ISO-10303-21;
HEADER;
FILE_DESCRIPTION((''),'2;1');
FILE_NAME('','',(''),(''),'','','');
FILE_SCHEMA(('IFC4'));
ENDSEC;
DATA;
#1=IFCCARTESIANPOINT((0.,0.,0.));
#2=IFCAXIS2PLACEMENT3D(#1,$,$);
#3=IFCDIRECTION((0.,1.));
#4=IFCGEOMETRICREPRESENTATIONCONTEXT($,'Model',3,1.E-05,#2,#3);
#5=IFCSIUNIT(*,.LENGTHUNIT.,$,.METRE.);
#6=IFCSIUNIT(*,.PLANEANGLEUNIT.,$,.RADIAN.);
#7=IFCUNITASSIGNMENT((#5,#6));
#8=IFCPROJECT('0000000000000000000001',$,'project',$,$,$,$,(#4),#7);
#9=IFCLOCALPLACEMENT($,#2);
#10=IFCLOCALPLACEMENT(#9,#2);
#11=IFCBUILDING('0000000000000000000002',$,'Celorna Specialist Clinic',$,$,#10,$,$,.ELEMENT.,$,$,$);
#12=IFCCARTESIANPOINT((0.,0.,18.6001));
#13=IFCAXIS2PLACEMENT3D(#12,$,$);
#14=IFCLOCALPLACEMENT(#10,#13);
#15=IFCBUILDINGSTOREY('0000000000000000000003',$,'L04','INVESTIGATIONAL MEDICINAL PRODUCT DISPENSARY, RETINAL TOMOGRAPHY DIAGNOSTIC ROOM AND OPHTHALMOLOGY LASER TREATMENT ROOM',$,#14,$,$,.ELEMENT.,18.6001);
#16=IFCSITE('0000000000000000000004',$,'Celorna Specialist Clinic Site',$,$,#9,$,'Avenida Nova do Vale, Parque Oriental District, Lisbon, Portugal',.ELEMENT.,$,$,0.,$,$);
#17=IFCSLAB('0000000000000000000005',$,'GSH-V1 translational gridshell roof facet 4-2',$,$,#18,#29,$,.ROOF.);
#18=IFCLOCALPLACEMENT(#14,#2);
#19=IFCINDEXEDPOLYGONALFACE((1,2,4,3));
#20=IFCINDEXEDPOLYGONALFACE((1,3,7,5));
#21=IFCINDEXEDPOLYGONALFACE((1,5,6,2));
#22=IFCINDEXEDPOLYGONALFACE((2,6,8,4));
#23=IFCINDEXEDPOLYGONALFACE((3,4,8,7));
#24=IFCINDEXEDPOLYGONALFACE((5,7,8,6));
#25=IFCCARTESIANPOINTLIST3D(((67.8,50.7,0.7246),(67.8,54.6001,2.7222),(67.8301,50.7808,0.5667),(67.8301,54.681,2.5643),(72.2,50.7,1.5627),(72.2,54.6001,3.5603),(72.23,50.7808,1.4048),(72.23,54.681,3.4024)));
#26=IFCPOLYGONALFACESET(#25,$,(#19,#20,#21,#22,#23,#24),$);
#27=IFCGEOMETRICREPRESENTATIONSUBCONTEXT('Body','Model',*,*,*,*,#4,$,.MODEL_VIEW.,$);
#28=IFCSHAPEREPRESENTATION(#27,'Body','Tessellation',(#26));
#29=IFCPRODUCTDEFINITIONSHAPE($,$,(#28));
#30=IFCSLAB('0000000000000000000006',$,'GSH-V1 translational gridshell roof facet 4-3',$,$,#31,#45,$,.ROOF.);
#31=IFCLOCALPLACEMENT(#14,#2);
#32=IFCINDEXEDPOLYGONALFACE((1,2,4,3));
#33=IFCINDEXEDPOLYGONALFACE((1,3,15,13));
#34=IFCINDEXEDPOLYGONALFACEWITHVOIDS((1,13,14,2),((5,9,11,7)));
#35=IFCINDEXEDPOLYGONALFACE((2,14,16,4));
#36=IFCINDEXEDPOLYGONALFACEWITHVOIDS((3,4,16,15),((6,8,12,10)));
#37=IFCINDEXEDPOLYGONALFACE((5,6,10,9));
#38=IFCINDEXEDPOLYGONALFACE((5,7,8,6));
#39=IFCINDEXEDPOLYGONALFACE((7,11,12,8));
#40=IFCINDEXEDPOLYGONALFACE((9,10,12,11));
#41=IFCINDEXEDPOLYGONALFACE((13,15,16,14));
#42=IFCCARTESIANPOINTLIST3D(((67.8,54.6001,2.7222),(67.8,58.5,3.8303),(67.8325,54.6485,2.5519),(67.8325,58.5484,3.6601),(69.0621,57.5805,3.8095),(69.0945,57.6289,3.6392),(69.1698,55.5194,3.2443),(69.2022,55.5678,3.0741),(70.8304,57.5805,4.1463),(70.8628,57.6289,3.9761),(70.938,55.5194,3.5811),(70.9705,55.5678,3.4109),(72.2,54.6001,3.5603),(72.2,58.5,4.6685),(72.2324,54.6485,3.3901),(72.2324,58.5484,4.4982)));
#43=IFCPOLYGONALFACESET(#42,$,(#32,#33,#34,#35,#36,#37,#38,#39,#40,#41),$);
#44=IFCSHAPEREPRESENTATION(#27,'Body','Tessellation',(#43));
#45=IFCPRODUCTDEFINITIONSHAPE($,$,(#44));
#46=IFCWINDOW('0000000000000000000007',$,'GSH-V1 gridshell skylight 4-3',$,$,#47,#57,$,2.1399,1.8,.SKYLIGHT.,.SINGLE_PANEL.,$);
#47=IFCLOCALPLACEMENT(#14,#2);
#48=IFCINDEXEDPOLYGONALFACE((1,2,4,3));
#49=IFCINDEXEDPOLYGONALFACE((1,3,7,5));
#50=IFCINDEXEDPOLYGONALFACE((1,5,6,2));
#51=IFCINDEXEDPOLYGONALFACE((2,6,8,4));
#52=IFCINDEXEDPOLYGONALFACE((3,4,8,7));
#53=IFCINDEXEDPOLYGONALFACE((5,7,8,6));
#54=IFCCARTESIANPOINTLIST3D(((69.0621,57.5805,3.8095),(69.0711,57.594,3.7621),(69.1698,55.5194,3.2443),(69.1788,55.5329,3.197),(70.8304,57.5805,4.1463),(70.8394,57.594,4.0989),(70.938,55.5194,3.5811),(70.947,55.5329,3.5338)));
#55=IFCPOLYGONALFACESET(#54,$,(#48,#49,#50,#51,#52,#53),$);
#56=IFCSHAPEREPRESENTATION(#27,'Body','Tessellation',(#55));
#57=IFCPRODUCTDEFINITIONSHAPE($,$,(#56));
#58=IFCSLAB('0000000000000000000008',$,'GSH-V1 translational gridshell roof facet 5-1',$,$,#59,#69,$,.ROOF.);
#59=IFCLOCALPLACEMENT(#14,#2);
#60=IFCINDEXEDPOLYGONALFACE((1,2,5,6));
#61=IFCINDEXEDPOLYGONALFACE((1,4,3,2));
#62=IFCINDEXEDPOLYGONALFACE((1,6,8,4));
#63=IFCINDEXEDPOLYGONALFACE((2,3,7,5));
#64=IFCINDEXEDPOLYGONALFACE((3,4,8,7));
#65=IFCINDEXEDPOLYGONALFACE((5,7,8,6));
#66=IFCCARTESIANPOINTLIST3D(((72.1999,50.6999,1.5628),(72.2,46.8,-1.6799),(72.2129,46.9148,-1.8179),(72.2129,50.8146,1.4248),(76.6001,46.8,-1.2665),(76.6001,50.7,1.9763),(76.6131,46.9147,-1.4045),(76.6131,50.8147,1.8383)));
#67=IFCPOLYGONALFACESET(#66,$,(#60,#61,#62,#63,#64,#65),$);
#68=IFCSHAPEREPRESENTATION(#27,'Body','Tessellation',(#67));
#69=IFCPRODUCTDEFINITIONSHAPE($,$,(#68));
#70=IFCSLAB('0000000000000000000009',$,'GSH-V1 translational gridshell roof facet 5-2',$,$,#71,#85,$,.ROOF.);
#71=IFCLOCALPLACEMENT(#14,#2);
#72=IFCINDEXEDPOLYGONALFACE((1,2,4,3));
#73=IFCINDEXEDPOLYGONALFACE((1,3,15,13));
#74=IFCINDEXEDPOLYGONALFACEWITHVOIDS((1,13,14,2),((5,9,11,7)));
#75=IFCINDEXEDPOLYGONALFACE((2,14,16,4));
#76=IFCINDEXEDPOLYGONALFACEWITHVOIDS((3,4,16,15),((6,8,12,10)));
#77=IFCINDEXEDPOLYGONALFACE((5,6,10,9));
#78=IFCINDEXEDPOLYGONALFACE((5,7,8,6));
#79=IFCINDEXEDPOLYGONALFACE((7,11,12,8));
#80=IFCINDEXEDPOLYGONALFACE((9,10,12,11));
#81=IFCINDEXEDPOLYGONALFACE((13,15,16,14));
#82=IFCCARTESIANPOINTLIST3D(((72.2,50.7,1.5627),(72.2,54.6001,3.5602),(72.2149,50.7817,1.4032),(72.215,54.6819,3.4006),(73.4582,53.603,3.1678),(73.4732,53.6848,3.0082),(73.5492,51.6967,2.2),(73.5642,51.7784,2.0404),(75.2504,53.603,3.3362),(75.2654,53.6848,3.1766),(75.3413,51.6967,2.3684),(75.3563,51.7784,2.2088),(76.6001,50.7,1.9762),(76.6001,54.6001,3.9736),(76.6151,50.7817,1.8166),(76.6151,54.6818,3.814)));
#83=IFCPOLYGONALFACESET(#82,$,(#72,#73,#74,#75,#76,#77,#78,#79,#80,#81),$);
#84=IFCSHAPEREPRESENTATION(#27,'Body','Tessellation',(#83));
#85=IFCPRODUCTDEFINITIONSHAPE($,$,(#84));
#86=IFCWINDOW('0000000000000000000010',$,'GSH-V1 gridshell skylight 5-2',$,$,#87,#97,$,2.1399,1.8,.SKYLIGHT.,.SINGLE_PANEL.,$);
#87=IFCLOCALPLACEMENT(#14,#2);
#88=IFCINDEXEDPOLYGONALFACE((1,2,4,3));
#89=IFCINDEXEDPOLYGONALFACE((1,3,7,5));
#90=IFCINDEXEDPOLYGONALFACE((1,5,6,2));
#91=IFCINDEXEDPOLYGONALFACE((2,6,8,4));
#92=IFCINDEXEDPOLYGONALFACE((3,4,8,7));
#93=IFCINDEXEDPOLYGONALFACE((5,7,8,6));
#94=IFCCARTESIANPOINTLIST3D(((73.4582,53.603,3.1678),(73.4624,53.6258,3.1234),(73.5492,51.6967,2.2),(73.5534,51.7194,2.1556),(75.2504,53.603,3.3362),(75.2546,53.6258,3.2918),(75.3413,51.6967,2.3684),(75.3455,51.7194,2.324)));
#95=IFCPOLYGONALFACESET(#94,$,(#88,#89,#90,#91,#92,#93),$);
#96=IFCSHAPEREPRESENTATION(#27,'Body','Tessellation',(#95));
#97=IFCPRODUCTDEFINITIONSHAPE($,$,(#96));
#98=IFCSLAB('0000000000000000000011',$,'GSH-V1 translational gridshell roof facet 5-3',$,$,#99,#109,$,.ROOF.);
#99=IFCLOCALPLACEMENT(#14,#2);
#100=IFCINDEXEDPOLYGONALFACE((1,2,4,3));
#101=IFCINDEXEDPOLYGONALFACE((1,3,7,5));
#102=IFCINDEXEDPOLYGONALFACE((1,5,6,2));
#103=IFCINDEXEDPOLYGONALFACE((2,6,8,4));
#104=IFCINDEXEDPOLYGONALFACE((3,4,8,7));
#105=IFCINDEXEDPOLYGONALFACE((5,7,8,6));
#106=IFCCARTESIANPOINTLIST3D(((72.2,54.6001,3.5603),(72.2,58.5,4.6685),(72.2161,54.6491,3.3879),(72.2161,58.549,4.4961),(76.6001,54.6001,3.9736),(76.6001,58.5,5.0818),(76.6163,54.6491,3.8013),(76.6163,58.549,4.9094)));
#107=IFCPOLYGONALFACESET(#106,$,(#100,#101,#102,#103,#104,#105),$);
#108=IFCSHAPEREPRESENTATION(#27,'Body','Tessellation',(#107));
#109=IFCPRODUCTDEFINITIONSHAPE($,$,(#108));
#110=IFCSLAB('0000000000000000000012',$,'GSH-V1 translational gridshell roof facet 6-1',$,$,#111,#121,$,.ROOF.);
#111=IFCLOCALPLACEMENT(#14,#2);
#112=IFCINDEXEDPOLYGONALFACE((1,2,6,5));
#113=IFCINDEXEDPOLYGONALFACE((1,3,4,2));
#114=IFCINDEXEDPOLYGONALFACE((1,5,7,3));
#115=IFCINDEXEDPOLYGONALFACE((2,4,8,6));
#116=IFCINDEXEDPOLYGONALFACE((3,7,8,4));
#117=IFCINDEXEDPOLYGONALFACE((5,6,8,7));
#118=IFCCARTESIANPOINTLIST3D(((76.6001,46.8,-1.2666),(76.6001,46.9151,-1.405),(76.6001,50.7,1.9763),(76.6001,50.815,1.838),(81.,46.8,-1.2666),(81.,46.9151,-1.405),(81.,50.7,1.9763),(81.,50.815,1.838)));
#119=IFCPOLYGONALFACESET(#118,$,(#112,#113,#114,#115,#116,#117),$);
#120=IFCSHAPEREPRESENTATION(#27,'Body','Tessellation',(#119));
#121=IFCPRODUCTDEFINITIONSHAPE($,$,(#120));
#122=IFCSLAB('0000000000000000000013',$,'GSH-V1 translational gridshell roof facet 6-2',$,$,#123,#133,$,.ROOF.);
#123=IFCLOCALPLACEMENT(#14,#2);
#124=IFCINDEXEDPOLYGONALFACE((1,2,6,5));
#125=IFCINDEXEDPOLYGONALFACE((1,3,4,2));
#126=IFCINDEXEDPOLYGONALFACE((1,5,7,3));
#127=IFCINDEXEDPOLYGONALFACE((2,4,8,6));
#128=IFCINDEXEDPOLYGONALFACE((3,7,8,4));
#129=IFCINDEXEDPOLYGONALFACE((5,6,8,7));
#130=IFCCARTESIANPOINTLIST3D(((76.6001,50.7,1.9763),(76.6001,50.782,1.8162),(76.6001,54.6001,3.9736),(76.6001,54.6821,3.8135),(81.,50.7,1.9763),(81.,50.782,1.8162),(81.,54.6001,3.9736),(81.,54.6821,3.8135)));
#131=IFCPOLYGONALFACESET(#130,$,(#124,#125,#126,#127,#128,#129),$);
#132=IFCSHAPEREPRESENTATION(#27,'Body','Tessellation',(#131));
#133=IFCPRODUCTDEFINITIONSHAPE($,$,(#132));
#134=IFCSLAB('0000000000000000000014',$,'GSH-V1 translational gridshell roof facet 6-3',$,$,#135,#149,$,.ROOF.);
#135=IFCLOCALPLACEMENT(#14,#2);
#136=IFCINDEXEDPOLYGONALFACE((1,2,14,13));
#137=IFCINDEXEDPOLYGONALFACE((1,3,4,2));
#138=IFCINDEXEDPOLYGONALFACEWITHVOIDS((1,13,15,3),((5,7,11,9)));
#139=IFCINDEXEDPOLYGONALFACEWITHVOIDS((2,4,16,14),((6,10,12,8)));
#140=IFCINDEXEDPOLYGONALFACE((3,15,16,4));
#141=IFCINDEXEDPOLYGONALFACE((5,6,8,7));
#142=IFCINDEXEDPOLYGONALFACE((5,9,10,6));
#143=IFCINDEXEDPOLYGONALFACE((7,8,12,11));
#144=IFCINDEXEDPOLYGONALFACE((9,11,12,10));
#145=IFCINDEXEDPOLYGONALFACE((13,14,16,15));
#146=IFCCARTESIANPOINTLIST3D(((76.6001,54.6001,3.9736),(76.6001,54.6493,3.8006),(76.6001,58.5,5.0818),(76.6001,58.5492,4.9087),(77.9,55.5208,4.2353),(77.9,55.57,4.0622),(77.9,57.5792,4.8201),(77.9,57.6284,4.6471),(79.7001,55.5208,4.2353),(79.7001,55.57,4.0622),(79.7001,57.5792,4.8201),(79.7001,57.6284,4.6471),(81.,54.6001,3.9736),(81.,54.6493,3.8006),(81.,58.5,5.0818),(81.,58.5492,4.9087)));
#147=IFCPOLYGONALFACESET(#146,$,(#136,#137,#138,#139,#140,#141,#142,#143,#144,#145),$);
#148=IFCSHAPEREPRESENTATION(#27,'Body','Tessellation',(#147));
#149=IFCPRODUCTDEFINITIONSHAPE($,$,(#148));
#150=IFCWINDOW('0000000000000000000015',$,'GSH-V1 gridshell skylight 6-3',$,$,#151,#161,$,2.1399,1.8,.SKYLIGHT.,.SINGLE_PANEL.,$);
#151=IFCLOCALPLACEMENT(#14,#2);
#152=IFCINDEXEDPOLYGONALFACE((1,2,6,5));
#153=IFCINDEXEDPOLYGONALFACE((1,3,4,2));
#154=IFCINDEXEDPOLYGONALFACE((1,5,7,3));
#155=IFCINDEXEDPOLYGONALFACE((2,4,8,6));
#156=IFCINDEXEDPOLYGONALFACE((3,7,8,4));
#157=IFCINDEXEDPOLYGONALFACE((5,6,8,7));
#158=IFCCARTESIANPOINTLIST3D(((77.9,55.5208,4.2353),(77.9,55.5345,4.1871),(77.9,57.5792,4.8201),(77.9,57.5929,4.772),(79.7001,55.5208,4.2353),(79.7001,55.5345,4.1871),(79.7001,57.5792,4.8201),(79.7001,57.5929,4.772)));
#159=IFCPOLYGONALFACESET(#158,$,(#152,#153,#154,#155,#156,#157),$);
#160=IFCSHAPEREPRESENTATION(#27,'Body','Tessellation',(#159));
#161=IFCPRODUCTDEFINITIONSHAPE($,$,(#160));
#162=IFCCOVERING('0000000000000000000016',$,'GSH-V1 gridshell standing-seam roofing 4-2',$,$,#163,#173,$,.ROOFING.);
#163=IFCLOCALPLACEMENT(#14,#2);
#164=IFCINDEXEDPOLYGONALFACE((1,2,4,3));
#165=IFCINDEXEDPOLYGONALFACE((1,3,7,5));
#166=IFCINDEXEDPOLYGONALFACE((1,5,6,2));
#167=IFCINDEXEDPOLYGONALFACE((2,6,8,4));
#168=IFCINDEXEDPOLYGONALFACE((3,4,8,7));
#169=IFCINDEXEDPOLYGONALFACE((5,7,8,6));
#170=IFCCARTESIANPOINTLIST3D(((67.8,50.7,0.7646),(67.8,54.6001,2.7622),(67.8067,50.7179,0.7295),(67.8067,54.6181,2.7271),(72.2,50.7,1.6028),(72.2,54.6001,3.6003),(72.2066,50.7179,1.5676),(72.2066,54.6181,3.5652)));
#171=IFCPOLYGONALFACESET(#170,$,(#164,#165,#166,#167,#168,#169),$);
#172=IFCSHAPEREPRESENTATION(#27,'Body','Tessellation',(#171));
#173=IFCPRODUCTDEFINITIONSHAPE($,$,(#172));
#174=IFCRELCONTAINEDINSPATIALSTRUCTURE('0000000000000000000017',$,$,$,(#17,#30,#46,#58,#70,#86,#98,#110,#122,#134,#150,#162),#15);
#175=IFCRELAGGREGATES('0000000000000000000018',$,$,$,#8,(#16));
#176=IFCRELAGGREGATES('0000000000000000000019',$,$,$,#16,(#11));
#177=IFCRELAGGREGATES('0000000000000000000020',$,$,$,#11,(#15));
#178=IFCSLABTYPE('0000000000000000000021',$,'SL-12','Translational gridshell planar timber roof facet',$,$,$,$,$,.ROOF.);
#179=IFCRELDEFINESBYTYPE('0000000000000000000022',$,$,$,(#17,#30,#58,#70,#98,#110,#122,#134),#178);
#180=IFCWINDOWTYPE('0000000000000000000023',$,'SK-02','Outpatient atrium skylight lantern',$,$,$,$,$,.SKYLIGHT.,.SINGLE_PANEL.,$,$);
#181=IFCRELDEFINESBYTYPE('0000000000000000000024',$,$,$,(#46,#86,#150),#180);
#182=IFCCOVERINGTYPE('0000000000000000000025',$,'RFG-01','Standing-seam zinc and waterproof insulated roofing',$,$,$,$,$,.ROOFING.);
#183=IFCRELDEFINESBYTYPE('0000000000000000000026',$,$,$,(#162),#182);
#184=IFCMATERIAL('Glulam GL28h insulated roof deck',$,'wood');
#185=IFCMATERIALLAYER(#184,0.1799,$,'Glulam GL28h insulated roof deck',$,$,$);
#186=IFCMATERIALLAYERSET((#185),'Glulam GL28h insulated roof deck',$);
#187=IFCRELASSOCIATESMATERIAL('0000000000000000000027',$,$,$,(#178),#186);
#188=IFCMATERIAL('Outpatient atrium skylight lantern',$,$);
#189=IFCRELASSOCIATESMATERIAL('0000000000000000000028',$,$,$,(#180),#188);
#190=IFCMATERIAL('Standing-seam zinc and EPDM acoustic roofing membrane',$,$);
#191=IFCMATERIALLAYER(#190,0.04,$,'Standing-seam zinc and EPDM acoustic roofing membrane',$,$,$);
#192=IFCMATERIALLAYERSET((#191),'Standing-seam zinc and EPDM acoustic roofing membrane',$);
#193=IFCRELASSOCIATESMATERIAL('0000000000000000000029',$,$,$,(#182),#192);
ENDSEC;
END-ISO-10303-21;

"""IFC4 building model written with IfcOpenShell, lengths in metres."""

from ifc_helpers import new_model, si_unit, direction, frame, origin, origin_2d, place, context, subcontext, project, spatial, polyline, rectangle, outline, extrude, material, layer, layer_set, type_object, element, fill, save


model = new_model("IFC4")

# Units and contexts
model_context = context("Model", 3, precision=1e-05, world=origin(), true_north=direction((0.0, 1.0)))
body_context = subcontext(model_context, "Body", "Model", "MODEL_VIEW")
ifc_project = project(units=[si_unit("LENGTHUNIT", "METRE"), si_unit("PLANEANGLEUNIT", "RADIAN")], contexts=[model_context])

# Site, building, storey
site_placement = place(None, origin())
site = spatial("IfcSite", under=ifc_project, at=site_placement, Name="Celorna Specialist Clinic Site", LongName="Avenida Nova do Vale, Parque Oriental District, Lisbon, Portugal", CompositionType="ELEMENT", RefElevation=0.0)
building_placement = place(site_placement, origin())
building = spatial("IfcBuilding", under=site, at=building_placement, Name="Celorna Specialist Clinic", CompositionType="ELEMENT")
storey_placement = place(building_placement, frame((0.0, 0.0, 18.6001)))
storey = spatial("IfcBuildingStorey", under=building, at=storey_placement, Name="L04", Description="INVESTIGATIONAL MEDICINAL PRODUCT DISPENSARY, RETINAL TOMOGRAPHY DIAGNOSTIC ROOM AND OPHTHALMOLOGY LASER TREATMENT ROOM", CompositionType="ELEMENT", Elevation=18.6001)

# Slab
ifc_material_1 = material(Name="Glulam GL28h insulated roof deck", Category="wood")
ifc_layer_1 = layer(ifc_material_1, 0.1799, Name="Glulam GL28h insulated roof deck")
ifc_layer_set_1 = layer_set([ifc_layer_1], Name="Glulam GL28h insulated roof deck")
slab_type = type_object("IfcSlabType", Name="SL-12", Description="Translational gridshell planar timber roof facet", PredefinedType="ROOF", material=ifc_layer_set_1)
slab_1_placement = place(storey_placement, frame((67.8, 50.7, 0.7246), z_axis=(-0.16716, -0.449448, 0.877527), x_axis=(0.982336, 0.0, 0.187125)))
element("IfcSlab", 1, at=slab_1_placement, inside=storey, type_object=slab_type, Name="GSH-V1 translational gridshell roof facet 4-2", PredefinedType="ROOF", context=body_context, shape_type="SweptSolid", body=[
    extrude(outline(polyline([(0.0, 0.0), (4.479, 0.0), (4.8528, 4.366), (0.3738, 4.366), (0.0, 0.0)])), origin(), (0.0, 0.0, -1.0), 0.1799),
])

# Slab, opening, window
slab_2_placement = place(storey_placement, frame((67.8, 54.6001, 2.7222), z_axis=(-0.180235, -0.268853, 0.946168), x_axis=(0.982336, 0.0, 0.187125)))
slab_2 = element("IfcSlab", 2, at=slab_2_placement, inside=storey, type_object=slab_type, Name="GSH-V1 translational gridshell roof facet 4-3", PredefinedType="ROOF", context=body_context, shape_type="SweptSolid", body=[
    extrude(outline(polyline([(0.0, 0.0), (4.479, 0.0), (4.6864, 4.049), (0.2074, 4.049), (0.0, 0.0)])), origin(), (0.0, 0.0, -1.0), 0.1799),
])
opening_1_placement = place(slab_2_placement, frame((2.3433, 2.0244, 0.01)))
opening_1 = element("IfcOpeningElement", 3, at=opening_1_placement, cuts=slab_2, PredefinedType="OPENING", context=body_context, shape_type="SweptSolid", body=[
    extrude(rectangle(XDim=1.8, YDim=2.1399, at=origin_2d()), origin(), (0.0, 0.0, -1.0), 0.2),
])
ifc_material_2 = material(Name="Outpatient atrium skylight lantern")
window_type = type_object("IfcWindowType", Name="SK-02", Description="Outpatient atrium skylight lantern", PartitioningType="SINGLE_PANEL", PredefinedType="SKYLIGHT", material=ifc_material_2)
window_1_placement = place(opening_1_placement, frame((0.0, 0.0, -0.01)))
window_1 = element("IfcWindow", 4, at=window_1_placement, inside=storey, type_object=window_type, Name="GSH-V1 gridshell skylight 4-3", OverallHeight=2.1399, OverallWidth=1.8, PartitioningType="SINGLE_PANEL", PredefinedType="SKYLIGHT", context=body_context, shape_type="SweptSolid", body=[
    extrude(rectangle(XDim=1.8, YDim=2.1399, at=origin_2d()), origin(), (0.0, 0.0, -1.0), 0.05),
])
fill(opening_1, window_1)

# Slab
slab_3_placement = place(storey_placement, frame((72.2, 46.8, -1.6799), z_axis=(-0.072062, -0.637693, 0.766912), x_axis=(0.995616, -0.000014, 0.09354)))
element("IfcSlab", 5, at=slab_3_placement, inside=storey, type_object=slab_type, Name="GSH-V1 translational gridshell roof facet 5-1", PredefinedType="ROOF", context=body_context, shape_type="SweptSolid", body=[
    extrude(outline(polyline([(0.0, 0.0), (4.4195, 0.0), (4.7228, 5.063), (0.3033, 5.0628), (0.0, 0.0)])), origin(), (0.0, 0.0, -1.0), 0.1799),
])

# Slab, opening, window
slab_4_placement = place(storey_placement, frame((72.2, 50.7, 1.5627), z_axis=(-0.083342, -0.454254, 0.886965), x_axis=(0.995614, 0.000011, 0.093557)))
slab_4 = element("IfcSlab", 6, at=slab_4_placement, inside=storey, type_object=slab_type, Name="GSH-V1 translational gridshell roof facet 5-2", PredefinedType="ROOF", context=body_context, shape_type="SweptSolid", body=[
    extrude(outline(polyline([(0.0, 0.0), (4.4195, 0.0), (4.6064, 4.3778), (0.1869, 4.3779), (0.0, 0.0)])), origin(), (0.0, 0.0, -1.0), 0.1799),
])
opening_2_placement = place(slab_4_placement, frame((2.303, 2.1887, 0.01)))
opening_2 = element("IfcOpeningElement", 7, at=opening_2_placement, cuts=slab_4, PredefinedType="OPENING", context=body_context, shape_type="SweptSolid", body=[
    extrude(rectangle(XDim=1.8, YDim=2.1399, at=origin_2d()), origin(), (0.0, 0.0, -1.0), 0.2),
])
window_2_placement = place(opening_2_placement, frame((0.0, 0.0, -0.01)))
window_2 = element("IfcWindow", 8, at=window_2_placement, inside=storey, type_object=window_type, Name="GSH-V1 gridshell skylight 5-2", OverallHeight=2.1399, OverallWidth=1.8, PartitioningType="SINGLE_PANEL", PredefinedType="SKYLIGHT", context=body_context, shape_type="SweptSolid", body=[
    extrude(rectangle(XDim=1.8, YDim=2.1399, at=origin_2d()), origin(), (0.0, 0.0, -1.0), 0.05),
])
fill(opening_2, window_2)

# Slabs
slab_5_placement = place(storey_placement, frame((72.2, 54.6001, 3.5603), z_axis=(-0.089992, -0.27222, 0.958018), x_axis=(0.995617, 0.0, 0.093524)))
element("IfcSlab", 9, at=slab_5_placement, inside=storey, type_object=slab_type, Name="GSH-V1 translational gridshell roof facet 5-3", PredefinedType="ROOF", context=body_context, shape_type="SweptSolid", body=[
    extrude(outline(polyline([(0.0, 0.0), (4.4195, 0.0), (4.5232, 4.053), (0.1036, 4.053), (0.0, 0.0)])), origin(), (0.0, 0.0, -1.0), 0.1799),
])
slab_6_placement = place(storey_placement, frame((76.6001, 46.8, -1.2666), z_axis=(0.0, -0.63937, 0.768899), x_axis=(1.0, 0.0, 0.0)))
element("IfcSlab", 10, at=slab_6_placement, inside=storey, type_object=slab_type, Name="GSH-V1 translational gridshell roof facet 6-1", PredefinedType="ROOF", context=body_context, shape_type="SweptSolid", body=[
    extrude(outline(polyline([(0.0, 0.0), (4.3999, 0.0), (4.3999, 5.0721), (0.0, 5.0721), (0.0, 0.0)])), origin(), (0.0, 0.0, -1.0), 0.1799),
])
slab_7_placement = place(storey_placement, frame((76.6001, 50.7, 1.9763), z_axis=(0.0, -0.455818, 0.890073), x_axis=(1.0, 0.0, 0.0)))
element("IfcSlab", 11, at=slab_7_placement, inside=storey, type_object=slab_type, Name="GSH-V1 translational gridshell roof facet 6-2", PredefinedType="ROOF", context=body_context, shape_type="SweptSolid", body=[
    extrude(outline(polyline([(0.0, 0.0), (4.3999, 0.0), (4.3999, 4.3818), (0.0, 4.3818), (0.0, 0.0)])), origin(), (0.0, 0.0, -1.0), 0.1799),
])

# Slab, opening, window
slab_8_placement = place(storey_placement, frame((76.6001, 54.6001, 3.9736), z_axis=(0.0, -0.273329, 0.961921), x_axis=(1.0, 0.0, 0.0)))
slab_8 = element("IfcSlab", 12, at=slab_8_placement, inside=storey, type_object=slab_type, Name="GSH-V1 translational gridshell roof facet 6-3", PredefinedType="ROOF", context=body_context, shape_type="SweptSolid", body=[
    extrude(outline(polyline([(0.0, 0.0), (4.3999, 0.0), (4.3999, 4.0543), (0.0, 4.0543), (0.0, 0.0)])), origin(), (0.0, 0.0, -1.0), 0.1799),
])
opening_3_placement = place(slab_8_placement, frame((2.2, 2.0271, 0.01)))
opening_3 = element("IfcOpeningElement", 13, at=opening_3_placement, cuts=slab_8, PredefinedType="OPENING", context=body_context, shape_type="SweptSolid", body=[
    extrude(rectangle(XDim=1.8, YDim=2.1399, at=origin_2d()), origin(), (0.0, 0.0, -1.0), 0.2),
])
window_3_placement = place(opening_3_placement, frame((0.0, 0.0, -0.01)))
window_3 = element("IfcWindow", 14, at=window_3_placement, inside=storey, type_object=window_type, Name="GSH-V1 gridshell skylight 6-3", OverallHeight=2.1399, OverallWidth=1.8, PartitioningType="SINGLE_PANEL", PredefinedType="SKYLIGHT", context=body_context, shape_type="SweptSolid", body=[
    extrude(rectangle(XDim=1.8, YDim=2.1399, at=origin_2d()), origin(), (0.0, 0.0, -1.0), 0.05),
])
fill(opening_3, window_3)

# Covering
ifc_material_3 = material(Name="Standing-seam zinc and EPDM acoustic roofing membrane")
ifc_layer_2 = layer(ifc_material_3, 0.04, Name="Standing-seam zinc and EPDM acoustic roofing membrane")
ifc_layer_set_2 = layer_set([ifc_layer_2], Name="Standing-seam zinc and EPDM acoustic roofing membrane")
covering_type = type_object("IfcCoveringType", Name="RFG-01", Description="Standing-seam zinc and waterproof insulated roofing", PredefinedType="ROOFING", material=ifc_layer_set_2)
covering_1_placement = place(storey_placement, frame((67.8, 50.7, 0.7646), z_axis=(-0.16716, -0.449448, 0.877527), x_axis=(0.982336, 0.0, 0.187125)))
element("IfcCovering", 15, at=covering_1_placement, inside=storey, type_object=covering_type, Name="GSH-V1 gridshell standing-seam roofing 4-2", PredefinedType="ROOFING", context=body_context, shape_type="SweptSolid", body=[
    extrude(outline(polyline([(0.0, 0.0), (4.479, 0.0), (4.8528, 4.366), (0.3738, 4.366), (0.0, 0.0)])), origin(), (0.0, 0.0, -1.0), 0.04),
])

save(model, "model.ifc")
